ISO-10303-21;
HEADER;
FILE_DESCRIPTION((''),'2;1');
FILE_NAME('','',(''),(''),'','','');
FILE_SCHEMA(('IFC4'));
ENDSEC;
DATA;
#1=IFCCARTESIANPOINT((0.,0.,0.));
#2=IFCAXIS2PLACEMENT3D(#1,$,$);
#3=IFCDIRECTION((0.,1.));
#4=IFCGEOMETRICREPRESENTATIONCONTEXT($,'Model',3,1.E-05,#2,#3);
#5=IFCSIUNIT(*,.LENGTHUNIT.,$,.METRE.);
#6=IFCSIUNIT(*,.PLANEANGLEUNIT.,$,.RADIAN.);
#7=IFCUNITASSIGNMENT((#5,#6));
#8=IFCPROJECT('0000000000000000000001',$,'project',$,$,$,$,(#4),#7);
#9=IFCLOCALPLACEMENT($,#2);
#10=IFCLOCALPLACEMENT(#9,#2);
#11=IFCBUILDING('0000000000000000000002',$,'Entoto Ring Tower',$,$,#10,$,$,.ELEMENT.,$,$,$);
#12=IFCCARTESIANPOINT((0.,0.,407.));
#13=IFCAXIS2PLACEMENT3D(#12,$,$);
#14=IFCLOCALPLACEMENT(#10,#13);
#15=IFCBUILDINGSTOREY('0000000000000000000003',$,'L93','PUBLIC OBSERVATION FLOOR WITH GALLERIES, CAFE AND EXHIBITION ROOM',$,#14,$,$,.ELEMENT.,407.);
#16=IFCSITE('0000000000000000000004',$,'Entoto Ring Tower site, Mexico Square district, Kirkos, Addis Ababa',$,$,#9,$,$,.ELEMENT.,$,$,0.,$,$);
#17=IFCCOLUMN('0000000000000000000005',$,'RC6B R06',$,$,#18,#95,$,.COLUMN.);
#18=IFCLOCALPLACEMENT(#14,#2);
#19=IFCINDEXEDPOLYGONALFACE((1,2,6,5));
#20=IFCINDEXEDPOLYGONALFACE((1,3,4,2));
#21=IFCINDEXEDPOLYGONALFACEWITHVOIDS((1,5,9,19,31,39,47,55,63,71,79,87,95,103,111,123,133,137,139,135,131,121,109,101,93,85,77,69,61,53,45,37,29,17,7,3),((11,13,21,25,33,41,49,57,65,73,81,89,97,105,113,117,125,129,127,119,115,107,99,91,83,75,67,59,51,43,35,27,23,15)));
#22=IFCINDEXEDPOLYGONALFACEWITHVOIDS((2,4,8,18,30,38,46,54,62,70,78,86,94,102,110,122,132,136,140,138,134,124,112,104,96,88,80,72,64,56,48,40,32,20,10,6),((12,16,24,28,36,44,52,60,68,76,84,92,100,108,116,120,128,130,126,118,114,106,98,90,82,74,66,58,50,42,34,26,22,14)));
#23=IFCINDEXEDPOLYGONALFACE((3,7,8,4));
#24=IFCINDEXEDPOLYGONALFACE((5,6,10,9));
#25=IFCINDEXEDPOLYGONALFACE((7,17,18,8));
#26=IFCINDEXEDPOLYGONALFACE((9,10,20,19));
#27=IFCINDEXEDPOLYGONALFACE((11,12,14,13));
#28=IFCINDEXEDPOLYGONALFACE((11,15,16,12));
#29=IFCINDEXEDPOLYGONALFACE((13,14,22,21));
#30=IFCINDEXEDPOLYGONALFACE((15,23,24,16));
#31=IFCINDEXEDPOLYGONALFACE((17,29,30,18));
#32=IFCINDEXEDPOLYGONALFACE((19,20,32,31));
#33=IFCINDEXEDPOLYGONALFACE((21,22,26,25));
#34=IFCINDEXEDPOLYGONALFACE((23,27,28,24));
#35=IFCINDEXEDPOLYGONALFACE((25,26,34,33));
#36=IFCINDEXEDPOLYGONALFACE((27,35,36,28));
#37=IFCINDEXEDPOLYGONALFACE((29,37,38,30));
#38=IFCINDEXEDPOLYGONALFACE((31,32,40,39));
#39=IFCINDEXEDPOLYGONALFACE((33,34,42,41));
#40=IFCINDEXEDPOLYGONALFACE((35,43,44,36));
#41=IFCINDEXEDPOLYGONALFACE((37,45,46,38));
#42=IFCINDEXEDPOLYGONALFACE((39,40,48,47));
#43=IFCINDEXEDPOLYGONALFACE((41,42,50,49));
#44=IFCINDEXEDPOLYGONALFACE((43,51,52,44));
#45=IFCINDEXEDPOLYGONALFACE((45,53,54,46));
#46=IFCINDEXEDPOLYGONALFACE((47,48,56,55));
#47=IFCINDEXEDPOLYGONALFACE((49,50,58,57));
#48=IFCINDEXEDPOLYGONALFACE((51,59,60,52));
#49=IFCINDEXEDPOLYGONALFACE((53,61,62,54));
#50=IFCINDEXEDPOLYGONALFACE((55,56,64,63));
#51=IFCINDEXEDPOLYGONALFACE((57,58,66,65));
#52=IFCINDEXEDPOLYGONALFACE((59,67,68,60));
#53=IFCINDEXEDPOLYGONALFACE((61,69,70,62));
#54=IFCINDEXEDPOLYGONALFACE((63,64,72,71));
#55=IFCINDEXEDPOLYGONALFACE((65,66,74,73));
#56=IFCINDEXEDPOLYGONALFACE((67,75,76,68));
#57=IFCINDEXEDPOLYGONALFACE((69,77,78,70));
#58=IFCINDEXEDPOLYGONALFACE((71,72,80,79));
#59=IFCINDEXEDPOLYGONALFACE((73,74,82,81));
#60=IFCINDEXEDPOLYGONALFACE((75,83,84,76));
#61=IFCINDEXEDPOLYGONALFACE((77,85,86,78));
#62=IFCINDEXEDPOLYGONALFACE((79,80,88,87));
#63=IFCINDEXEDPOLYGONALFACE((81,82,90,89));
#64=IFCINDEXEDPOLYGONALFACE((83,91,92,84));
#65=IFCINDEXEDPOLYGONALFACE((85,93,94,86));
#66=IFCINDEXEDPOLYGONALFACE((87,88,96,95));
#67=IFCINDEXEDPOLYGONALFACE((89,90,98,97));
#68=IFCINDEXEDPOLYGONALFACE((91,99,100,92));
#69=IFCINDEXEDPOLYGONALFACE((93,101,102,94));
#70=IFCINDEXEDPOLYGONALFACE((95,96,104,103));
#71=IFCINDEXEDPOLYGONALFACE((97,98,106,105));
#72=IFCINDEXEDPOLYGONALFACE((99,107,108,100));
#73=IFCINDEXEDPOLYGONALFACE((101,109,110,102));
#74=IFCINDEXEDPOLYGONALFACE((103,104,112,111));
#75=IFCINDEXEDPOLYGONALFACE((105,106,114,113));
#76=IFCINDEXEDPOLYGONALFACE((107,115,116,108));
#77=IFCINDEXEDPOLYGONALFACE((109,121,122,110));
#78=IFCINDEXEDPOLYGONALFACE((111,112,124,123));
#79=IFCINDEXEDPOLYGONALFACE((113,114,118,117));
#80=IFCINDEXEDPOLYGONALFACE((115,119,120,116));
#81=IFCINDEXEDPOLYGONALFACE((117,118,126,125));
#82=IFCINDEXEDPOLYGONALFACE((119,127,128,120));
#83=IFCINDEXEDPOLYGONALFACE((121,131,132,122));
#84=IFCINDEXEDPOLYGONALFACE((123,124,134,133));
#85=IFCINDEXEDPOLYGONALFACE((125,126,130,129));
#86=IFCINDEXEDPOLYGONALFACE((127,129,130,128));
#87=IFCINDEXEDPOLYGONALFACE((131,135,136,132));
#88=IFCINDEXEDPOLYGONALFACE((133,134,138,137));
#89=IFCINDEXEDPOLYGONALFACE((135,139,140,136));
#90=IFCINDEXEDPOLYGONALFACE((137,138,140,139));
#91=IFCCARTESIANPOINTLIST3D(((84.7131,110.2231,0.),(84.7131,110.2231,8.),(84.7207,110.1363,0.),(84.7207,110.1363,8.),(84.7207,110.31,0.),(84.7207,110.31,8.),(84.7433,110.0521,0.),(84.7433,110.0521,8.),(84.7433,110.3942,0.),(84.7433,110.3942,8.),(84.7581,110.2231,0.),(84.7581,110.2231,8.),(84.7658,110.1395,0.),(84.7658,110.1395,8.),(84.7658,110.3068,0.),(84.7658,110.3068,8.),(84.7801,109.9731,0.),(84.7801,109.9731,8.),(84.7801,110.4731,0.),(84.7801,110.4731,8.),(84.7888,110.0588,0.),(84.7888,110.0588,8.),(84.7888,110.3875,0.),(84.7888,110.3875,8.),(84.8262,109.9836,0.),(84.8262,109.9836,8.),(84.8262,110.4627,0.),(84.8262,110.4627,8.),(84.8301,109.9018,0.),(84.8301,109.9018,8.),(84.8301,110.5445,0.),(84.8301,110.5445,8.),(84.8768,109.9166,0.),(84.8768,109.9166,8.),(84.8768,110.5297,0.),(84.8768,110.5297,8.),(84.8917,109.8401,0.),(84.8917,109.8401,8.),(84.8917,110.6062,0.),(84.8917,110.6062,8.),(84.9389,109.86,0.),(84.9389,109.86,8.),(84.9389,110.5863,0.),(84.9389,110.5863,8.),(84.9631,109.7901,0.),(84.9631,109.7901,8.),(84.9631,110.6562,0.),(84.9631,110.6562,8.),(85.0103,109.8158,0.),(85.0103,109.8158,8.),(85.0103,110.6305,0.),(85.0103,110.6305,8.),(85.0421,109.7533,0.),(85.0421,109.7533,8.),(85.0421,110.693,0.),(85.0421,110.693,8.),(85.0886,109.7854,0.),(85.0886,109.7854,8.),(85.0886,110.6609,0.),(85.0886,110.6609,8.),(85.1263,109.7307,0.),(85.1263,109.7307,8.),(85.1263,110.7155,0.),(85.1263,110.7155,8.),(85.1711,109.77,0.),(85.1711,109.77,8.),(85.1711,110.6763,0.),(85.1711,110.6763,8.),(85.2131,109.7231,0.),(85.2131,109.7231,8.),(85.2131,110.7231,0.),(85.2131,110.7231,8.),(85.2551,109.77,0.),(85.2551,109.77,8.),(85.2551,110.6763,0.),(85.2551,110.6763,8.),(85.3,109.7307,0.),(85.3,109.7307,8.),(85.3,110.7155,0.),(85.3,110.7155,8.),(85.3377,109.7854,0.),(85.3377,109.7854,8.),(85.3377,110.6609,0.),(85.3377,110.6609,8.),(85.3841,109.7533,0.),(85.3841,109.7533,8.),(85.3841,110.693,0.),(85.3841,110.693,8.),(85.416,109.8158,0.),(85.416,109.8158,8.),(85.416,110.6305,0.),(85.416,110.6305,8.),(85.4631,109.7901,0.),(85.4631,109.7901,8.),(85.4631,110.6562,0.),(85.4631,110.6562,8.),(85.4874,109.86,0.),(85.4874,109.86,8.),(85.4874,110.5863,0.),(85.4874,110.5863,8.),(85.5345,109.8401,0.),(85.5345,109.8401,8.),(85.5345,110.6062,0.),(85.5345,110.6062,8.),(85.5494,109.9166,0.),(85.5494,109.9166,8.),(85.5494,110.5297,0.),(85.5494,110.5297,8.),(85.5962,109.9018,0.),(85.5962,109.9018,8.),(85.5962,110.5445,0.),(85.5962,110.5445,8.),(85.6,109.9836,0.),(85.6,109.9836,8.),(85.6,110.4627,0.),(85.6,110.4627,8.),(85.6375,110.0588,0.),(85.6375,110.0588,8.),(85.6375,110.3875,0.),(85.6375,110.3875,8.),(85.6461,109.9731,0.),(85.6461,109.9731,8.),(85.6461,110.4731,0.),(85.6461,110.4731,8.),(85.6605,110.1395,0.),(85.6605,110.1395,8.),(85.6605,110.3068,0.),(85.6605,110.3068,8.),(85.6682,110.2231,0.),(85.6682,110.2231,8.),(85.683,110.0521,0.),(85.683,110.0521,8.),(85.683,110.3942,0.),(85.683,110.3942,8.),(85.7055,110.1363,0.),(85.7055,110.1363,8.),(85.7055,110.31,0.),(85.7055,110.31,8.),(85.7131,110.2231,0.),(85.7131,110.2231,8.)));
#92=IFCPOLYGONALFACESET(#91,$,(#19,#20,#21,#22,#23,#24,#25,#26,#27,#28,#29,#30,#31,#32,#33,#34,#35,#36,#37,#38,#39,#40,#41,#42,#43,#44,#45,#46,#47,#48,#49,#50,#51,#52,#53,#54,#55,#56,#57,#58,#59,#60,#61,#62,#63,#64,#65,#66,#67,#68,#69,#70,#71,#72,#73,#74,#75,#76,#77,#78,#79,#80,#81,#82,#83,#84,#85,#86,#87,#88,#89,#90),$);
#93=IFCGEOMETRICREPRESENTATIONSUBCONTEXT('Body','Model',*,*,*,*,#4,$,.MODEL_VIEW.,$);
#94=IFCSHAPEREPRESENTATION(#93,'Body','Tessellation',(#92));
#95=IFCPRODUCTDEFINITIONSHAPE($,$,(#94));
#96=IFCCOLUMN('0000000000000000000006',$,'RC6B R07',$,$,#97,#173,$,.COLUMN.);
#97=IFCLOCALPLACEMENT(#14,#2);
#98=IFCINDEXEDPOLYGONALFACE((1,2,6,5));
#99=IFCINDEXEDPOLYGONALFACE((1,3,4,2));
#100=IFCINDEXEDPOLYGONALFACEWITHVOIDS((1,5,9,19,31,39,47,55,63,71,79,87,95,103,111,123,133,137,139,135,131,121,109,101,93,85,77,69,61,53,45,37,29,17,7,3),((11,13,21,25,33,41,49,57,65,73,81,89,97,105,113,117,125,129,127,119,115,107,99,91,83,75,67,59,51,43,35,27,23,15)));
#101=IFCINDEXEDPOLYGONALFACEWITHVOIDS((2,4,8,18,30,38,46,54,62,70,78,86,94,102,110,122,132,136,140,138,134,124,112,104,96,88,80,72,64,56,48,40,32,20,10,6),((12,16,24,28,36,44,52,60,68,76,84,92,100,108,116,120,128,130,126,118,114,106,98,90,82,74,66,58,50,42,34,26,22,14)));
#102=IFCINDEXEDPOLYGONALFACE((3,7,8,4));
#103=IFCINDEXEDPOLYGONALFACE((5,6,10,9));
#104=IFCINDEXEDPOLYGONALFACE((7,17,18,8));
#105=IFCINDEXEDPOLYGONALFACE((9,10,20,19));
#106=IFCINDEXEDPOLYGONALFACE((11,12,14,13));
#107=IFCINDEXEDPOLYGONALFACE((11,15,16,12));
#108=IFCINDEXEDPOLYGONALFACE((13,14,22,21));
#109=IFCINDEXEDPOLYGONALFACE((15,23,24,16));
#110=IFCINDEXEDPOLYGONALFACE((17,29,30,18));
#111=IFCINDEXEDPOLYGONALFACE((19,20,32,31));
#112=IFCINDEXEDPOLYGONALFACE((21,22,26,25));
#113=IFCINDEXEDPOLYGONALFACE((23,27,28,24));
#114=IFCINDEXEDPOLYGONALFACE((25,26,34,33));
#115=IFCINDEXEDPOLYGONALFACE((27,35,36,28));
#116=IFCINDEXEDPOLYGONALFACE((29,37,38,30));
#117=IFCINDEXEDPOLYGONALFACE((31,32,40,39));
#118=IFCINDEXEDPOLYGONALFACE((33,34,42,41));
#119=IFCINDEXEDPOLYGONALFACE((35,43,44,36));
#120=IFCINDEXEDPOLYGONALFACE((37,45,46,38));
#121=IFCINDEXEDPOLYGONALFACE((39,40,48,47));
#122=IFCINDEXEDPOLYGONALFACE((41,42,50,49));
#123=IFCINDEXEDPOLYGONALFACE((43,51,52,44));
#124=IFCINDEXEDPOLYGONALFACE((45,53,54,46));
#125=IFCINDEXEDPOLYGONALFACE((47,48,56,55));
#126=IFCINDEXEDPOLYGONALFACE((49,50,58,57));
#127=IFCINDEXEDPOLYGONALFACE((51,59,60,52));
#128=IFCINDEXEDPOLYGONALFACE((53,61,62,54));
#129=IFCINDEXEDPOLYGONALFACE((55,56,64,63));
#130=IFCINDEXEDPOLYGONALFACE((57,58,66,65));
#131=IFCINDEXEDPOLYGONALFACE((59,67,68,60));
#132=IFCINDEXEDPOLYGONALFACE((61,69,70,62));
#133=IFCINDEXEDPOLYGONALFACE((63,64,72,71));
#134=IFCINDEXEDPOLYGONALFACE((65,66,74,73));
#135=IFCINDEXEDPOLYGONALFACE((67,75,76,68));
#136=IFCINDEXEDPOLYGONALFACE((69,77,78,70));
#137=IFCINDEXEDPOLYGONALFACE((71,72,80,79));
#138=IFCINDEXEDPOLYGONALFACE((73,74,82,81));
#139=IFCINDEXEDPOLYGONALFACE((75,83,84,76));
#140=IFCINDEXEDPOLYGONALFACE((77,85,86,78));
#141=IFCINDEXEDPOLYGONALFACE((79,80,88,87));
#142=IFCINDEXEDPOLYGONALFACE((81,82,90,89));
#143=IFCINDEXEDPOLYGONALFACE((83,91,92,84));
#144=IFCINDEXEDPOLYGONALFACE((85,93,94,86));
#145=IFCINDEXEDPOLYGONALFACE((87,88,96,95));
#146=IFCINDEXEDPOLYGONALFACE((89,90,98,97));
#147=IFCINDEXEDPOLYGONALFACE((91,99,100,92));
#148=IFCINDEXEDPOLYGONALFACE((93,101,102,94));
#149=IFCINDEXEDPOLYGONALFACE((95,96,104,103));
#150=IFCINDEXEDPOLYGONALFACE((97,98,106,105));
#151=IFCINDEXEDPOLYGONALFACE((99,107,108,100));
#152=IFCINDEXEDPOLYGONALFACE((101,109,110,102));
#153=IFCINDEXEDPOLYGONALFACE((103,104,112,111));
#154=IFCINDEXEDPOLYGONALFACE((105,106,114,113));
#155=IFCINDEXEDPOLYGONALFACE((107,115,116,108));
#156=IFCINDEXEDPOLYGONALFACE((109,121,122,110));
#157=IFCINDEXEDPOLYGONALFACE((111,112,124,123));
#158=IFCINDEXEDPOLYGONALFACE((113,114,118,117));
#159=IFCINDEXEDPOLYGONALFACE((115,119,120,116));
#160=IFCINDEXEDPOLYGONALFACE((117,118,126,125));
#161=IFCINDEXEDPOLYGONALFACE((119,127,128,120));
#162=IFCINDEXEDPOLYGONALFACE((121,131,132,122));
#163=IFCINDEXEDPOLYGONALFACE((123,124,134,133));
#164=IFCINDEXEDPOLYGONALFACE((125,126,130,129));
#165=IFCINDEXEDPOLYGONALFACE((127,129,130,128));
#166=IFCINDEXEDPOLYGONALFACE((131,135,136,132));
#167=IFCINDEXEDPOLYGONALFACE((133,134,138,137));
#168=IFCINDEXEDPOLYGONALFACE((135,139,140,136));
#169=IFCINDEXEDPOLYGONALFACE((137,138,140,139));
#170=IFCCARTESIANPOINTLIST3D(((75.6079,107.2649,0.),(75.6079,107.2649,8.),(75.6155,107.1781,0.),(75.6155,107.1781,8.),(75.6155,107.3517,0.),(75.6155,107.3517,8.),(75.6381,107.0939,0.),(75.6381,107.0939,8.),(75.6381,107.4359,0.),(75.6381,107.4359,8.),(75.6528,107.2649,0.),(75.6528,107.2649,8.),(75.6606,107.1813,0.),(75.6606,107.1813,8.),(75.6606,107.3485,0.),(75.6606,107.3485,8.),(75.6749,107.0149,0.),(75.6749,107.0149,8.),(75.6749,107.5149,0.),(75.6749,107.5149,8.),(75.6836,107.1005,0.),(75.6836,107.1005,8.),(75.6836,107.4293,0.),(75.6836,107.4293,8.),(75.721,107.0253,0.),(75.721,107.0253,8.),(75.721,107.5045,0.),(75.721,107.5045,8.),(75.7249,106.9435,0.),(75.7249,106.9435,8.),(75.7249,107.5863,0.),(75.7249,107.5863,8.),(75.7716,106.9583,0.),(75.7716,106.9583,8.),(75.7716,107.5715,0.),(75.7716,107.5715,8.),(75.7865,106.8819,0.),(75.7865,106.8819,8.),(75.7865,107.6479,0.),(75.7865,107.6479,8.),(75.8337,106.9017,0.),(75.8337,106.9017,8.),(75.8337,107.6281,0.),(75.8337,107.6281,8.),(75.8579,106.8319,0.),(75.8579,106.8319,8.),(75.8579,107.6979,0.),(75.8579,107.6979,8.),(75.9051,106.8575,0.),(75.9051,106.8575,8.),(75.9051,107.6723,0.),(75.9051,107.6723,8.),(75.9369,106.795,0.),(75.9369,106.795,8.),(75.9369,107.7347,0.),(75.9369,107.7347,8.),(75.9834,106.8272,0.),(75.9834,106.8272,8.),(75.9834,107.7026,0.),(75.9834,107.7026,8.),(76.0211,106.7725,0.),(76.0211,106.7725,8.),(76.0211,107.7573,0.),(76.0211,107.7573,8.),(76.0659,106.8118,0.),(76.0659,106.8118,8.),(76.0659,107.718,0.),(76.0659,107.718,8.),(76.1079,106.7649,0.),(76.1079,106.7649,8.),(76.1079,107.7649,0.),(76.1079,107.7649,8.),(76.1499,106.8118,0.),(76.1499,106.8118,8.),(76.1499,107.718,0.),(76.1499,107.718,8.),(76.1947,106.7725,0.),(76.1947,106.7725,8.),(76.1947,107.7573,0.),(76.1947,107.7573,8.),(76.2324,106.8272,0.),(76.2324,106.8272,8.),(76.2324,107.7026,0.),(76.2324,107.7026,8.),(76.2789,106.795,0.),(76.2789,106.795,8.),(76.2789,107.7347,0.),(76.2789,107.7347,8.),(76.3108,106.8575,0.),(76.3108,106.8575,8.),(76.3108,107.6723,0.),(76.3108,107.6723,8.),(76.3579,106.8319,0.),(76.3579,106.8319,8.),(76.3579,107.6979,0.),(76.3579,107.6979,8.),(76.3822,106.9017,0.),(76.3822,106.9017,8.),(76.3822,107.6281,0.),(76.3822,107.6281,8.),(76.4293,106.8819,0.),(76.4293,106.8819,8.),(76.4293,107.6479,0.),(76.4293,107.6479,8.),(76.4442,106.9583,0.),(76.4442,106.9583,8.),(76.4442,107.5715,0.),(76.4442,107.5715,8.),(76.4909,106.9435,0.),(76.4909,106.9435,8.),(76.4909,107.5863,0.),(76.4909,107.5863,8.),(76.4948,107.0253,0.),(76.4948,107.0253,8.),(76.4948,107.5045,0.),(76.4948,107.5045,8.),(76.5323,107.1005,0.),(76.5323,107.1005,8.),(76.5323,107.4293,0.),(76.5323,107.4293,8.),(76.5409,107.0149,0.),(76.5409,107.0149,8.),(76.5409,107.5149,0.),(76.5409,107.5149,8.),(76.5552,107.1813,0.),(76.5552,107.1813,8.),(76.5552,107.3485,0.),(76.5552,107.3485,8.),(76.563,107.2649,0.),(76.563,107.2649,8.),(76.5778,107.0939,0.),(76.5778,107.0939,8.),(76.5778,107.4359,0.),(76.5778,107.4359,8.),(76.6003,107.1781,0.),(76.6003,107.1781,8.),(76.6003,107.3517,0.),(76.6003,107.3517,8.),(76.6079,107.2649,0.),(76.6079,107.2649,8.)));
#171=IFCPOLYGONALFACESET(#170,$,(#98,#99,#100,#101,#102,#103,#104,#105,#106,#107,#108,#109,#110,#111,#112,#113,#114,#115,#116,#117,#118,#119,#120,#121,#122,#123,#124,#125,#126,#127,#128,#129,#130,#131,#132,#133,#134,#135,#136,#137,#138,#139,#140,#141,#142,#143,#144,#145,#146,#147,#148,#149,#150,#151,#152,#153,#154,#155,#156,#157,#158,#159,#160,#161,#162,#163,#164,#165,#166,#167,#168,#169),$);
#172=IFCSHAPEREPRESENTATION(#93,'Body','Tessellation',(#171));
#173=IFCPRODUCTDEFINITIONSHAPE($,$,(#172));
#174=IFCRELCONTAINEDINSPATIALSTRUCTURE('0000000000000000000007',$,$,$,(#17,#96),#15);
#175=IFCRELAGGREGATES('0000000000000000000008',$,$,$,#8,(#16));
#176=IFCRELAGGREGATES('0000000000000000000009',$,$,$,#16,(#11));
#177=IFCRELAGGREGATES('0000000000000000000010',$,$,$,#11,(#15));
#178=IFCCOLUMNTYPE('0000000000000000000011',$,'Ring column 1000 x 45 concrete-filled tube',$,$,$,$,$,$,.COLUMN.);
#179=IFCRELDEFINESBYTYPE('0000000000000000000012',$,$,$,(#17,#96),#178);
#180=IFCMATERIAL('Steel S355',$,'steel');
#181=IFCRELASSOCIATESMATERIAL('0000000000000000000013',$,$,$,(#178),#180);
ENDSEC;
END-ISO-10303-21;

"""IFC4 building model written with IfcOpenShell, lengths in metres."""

from ifc_helpers import new_model, si_unit, direction, frame, origin, origin_2d, place, context, subcontext, project, spatial, circle, hollow_circle, extrude, material, material_profile, profile_set, type_object, element, save


model = new_model("IFC4")

# Units and contexts
model_context = context("Model", 3, precision=1e-05, world=origin(), true_north=direction((0.0, 1.0)))
body_context = subcontext(model_context, "Body", "Model", "MODEL_VIEW")
ifc_project = project(units=[si_unit("LENGTHUNIT", "METRE"), si_unit("PLANEANGLEUNIT", "RADIAN")], contexts=[model_context])

# Site, building, storey
site_placement = place(None, origin())
site = spatial("IfcSite", under=ifc_project, at=site_placement, Name="Entoto Ring Tower site, Mexico Square district, Kirkos, Addis Ababa", CompositionType="ELEMENT", RefElevation=0.0)
building_placement = place(site_placement, origin())
building = spatial("IfcBuilding", under=site, at=building_placement, Name="Entoto Ring Tower", CompositionType="ELEMENT")
storey_placement = place(building_placement, frame((0.0, 0.0, 407.0)))
storey = spatial("IfcBuildingStorey", under=building, at=storey_placement, Name="L93", Description="PUBLIC OBSERVATION FLOOR WITH GALLERIES, CAFE AND EXHIBITION ROOM", CompositionType="ELEMENT", Elevation=407.0)

# Columns
ifc_material_1 = material(Name="Steel S355", Category="steel")
ifc_material_profile_1 = material_profile(ifc_material_1, hollow_circle(Radius=0.5, WallThickness=0.0449, at=origin_2d()), Name="CHS 1000 x 45")
ifc_material_2 = material(Name="Concrete C60/75", Category="concrete")
ifc_material_profile_2 = material_profile(ifc_material_2, circle(Radius=0.4551, at=origin_2d()), Name="Concrete C60/75 infill")
ifc_profile_set_1 = profile_set([ifc_material_profile_1, ifc_material_profile_2], Name="Steel S355")
column_type = type_object("IfcColumnType", Name="Ring column 1000 x 45 concrete-filled tube", PredefinedType="COLUMN", material=ifc_profile_set_1)
for number, where, z_axis, x_axis, name in (
    (1, (85.2131, 110.2231, 0.0), (0.0, 0.0, 1.0), (1.0, 0.0, 0.0), "RC6B R06"),
    (2, (76.1079, 107.2649, 0.0), (0.0, 0.0, 1.0), (1.0, 0.0, 0.0), "RC6B R07"),
):
    element("IfcColumn", number, at=place(storey_placement, frame(where, z_axis=z_axis, x_axis=x_axis)), inside=storey, type_object=column_type, Name=name, PredefinedType="COLUMN", context=body_context, shape_type="SweptSolid", body=[
        extrude(hollow_circle(Radius=0.5, WallThickness=0.0449, at=origin_2d()), origin(), (0.0, 0.0, 1.0), 8.0),
    ])

save(model, "model.ifc")
